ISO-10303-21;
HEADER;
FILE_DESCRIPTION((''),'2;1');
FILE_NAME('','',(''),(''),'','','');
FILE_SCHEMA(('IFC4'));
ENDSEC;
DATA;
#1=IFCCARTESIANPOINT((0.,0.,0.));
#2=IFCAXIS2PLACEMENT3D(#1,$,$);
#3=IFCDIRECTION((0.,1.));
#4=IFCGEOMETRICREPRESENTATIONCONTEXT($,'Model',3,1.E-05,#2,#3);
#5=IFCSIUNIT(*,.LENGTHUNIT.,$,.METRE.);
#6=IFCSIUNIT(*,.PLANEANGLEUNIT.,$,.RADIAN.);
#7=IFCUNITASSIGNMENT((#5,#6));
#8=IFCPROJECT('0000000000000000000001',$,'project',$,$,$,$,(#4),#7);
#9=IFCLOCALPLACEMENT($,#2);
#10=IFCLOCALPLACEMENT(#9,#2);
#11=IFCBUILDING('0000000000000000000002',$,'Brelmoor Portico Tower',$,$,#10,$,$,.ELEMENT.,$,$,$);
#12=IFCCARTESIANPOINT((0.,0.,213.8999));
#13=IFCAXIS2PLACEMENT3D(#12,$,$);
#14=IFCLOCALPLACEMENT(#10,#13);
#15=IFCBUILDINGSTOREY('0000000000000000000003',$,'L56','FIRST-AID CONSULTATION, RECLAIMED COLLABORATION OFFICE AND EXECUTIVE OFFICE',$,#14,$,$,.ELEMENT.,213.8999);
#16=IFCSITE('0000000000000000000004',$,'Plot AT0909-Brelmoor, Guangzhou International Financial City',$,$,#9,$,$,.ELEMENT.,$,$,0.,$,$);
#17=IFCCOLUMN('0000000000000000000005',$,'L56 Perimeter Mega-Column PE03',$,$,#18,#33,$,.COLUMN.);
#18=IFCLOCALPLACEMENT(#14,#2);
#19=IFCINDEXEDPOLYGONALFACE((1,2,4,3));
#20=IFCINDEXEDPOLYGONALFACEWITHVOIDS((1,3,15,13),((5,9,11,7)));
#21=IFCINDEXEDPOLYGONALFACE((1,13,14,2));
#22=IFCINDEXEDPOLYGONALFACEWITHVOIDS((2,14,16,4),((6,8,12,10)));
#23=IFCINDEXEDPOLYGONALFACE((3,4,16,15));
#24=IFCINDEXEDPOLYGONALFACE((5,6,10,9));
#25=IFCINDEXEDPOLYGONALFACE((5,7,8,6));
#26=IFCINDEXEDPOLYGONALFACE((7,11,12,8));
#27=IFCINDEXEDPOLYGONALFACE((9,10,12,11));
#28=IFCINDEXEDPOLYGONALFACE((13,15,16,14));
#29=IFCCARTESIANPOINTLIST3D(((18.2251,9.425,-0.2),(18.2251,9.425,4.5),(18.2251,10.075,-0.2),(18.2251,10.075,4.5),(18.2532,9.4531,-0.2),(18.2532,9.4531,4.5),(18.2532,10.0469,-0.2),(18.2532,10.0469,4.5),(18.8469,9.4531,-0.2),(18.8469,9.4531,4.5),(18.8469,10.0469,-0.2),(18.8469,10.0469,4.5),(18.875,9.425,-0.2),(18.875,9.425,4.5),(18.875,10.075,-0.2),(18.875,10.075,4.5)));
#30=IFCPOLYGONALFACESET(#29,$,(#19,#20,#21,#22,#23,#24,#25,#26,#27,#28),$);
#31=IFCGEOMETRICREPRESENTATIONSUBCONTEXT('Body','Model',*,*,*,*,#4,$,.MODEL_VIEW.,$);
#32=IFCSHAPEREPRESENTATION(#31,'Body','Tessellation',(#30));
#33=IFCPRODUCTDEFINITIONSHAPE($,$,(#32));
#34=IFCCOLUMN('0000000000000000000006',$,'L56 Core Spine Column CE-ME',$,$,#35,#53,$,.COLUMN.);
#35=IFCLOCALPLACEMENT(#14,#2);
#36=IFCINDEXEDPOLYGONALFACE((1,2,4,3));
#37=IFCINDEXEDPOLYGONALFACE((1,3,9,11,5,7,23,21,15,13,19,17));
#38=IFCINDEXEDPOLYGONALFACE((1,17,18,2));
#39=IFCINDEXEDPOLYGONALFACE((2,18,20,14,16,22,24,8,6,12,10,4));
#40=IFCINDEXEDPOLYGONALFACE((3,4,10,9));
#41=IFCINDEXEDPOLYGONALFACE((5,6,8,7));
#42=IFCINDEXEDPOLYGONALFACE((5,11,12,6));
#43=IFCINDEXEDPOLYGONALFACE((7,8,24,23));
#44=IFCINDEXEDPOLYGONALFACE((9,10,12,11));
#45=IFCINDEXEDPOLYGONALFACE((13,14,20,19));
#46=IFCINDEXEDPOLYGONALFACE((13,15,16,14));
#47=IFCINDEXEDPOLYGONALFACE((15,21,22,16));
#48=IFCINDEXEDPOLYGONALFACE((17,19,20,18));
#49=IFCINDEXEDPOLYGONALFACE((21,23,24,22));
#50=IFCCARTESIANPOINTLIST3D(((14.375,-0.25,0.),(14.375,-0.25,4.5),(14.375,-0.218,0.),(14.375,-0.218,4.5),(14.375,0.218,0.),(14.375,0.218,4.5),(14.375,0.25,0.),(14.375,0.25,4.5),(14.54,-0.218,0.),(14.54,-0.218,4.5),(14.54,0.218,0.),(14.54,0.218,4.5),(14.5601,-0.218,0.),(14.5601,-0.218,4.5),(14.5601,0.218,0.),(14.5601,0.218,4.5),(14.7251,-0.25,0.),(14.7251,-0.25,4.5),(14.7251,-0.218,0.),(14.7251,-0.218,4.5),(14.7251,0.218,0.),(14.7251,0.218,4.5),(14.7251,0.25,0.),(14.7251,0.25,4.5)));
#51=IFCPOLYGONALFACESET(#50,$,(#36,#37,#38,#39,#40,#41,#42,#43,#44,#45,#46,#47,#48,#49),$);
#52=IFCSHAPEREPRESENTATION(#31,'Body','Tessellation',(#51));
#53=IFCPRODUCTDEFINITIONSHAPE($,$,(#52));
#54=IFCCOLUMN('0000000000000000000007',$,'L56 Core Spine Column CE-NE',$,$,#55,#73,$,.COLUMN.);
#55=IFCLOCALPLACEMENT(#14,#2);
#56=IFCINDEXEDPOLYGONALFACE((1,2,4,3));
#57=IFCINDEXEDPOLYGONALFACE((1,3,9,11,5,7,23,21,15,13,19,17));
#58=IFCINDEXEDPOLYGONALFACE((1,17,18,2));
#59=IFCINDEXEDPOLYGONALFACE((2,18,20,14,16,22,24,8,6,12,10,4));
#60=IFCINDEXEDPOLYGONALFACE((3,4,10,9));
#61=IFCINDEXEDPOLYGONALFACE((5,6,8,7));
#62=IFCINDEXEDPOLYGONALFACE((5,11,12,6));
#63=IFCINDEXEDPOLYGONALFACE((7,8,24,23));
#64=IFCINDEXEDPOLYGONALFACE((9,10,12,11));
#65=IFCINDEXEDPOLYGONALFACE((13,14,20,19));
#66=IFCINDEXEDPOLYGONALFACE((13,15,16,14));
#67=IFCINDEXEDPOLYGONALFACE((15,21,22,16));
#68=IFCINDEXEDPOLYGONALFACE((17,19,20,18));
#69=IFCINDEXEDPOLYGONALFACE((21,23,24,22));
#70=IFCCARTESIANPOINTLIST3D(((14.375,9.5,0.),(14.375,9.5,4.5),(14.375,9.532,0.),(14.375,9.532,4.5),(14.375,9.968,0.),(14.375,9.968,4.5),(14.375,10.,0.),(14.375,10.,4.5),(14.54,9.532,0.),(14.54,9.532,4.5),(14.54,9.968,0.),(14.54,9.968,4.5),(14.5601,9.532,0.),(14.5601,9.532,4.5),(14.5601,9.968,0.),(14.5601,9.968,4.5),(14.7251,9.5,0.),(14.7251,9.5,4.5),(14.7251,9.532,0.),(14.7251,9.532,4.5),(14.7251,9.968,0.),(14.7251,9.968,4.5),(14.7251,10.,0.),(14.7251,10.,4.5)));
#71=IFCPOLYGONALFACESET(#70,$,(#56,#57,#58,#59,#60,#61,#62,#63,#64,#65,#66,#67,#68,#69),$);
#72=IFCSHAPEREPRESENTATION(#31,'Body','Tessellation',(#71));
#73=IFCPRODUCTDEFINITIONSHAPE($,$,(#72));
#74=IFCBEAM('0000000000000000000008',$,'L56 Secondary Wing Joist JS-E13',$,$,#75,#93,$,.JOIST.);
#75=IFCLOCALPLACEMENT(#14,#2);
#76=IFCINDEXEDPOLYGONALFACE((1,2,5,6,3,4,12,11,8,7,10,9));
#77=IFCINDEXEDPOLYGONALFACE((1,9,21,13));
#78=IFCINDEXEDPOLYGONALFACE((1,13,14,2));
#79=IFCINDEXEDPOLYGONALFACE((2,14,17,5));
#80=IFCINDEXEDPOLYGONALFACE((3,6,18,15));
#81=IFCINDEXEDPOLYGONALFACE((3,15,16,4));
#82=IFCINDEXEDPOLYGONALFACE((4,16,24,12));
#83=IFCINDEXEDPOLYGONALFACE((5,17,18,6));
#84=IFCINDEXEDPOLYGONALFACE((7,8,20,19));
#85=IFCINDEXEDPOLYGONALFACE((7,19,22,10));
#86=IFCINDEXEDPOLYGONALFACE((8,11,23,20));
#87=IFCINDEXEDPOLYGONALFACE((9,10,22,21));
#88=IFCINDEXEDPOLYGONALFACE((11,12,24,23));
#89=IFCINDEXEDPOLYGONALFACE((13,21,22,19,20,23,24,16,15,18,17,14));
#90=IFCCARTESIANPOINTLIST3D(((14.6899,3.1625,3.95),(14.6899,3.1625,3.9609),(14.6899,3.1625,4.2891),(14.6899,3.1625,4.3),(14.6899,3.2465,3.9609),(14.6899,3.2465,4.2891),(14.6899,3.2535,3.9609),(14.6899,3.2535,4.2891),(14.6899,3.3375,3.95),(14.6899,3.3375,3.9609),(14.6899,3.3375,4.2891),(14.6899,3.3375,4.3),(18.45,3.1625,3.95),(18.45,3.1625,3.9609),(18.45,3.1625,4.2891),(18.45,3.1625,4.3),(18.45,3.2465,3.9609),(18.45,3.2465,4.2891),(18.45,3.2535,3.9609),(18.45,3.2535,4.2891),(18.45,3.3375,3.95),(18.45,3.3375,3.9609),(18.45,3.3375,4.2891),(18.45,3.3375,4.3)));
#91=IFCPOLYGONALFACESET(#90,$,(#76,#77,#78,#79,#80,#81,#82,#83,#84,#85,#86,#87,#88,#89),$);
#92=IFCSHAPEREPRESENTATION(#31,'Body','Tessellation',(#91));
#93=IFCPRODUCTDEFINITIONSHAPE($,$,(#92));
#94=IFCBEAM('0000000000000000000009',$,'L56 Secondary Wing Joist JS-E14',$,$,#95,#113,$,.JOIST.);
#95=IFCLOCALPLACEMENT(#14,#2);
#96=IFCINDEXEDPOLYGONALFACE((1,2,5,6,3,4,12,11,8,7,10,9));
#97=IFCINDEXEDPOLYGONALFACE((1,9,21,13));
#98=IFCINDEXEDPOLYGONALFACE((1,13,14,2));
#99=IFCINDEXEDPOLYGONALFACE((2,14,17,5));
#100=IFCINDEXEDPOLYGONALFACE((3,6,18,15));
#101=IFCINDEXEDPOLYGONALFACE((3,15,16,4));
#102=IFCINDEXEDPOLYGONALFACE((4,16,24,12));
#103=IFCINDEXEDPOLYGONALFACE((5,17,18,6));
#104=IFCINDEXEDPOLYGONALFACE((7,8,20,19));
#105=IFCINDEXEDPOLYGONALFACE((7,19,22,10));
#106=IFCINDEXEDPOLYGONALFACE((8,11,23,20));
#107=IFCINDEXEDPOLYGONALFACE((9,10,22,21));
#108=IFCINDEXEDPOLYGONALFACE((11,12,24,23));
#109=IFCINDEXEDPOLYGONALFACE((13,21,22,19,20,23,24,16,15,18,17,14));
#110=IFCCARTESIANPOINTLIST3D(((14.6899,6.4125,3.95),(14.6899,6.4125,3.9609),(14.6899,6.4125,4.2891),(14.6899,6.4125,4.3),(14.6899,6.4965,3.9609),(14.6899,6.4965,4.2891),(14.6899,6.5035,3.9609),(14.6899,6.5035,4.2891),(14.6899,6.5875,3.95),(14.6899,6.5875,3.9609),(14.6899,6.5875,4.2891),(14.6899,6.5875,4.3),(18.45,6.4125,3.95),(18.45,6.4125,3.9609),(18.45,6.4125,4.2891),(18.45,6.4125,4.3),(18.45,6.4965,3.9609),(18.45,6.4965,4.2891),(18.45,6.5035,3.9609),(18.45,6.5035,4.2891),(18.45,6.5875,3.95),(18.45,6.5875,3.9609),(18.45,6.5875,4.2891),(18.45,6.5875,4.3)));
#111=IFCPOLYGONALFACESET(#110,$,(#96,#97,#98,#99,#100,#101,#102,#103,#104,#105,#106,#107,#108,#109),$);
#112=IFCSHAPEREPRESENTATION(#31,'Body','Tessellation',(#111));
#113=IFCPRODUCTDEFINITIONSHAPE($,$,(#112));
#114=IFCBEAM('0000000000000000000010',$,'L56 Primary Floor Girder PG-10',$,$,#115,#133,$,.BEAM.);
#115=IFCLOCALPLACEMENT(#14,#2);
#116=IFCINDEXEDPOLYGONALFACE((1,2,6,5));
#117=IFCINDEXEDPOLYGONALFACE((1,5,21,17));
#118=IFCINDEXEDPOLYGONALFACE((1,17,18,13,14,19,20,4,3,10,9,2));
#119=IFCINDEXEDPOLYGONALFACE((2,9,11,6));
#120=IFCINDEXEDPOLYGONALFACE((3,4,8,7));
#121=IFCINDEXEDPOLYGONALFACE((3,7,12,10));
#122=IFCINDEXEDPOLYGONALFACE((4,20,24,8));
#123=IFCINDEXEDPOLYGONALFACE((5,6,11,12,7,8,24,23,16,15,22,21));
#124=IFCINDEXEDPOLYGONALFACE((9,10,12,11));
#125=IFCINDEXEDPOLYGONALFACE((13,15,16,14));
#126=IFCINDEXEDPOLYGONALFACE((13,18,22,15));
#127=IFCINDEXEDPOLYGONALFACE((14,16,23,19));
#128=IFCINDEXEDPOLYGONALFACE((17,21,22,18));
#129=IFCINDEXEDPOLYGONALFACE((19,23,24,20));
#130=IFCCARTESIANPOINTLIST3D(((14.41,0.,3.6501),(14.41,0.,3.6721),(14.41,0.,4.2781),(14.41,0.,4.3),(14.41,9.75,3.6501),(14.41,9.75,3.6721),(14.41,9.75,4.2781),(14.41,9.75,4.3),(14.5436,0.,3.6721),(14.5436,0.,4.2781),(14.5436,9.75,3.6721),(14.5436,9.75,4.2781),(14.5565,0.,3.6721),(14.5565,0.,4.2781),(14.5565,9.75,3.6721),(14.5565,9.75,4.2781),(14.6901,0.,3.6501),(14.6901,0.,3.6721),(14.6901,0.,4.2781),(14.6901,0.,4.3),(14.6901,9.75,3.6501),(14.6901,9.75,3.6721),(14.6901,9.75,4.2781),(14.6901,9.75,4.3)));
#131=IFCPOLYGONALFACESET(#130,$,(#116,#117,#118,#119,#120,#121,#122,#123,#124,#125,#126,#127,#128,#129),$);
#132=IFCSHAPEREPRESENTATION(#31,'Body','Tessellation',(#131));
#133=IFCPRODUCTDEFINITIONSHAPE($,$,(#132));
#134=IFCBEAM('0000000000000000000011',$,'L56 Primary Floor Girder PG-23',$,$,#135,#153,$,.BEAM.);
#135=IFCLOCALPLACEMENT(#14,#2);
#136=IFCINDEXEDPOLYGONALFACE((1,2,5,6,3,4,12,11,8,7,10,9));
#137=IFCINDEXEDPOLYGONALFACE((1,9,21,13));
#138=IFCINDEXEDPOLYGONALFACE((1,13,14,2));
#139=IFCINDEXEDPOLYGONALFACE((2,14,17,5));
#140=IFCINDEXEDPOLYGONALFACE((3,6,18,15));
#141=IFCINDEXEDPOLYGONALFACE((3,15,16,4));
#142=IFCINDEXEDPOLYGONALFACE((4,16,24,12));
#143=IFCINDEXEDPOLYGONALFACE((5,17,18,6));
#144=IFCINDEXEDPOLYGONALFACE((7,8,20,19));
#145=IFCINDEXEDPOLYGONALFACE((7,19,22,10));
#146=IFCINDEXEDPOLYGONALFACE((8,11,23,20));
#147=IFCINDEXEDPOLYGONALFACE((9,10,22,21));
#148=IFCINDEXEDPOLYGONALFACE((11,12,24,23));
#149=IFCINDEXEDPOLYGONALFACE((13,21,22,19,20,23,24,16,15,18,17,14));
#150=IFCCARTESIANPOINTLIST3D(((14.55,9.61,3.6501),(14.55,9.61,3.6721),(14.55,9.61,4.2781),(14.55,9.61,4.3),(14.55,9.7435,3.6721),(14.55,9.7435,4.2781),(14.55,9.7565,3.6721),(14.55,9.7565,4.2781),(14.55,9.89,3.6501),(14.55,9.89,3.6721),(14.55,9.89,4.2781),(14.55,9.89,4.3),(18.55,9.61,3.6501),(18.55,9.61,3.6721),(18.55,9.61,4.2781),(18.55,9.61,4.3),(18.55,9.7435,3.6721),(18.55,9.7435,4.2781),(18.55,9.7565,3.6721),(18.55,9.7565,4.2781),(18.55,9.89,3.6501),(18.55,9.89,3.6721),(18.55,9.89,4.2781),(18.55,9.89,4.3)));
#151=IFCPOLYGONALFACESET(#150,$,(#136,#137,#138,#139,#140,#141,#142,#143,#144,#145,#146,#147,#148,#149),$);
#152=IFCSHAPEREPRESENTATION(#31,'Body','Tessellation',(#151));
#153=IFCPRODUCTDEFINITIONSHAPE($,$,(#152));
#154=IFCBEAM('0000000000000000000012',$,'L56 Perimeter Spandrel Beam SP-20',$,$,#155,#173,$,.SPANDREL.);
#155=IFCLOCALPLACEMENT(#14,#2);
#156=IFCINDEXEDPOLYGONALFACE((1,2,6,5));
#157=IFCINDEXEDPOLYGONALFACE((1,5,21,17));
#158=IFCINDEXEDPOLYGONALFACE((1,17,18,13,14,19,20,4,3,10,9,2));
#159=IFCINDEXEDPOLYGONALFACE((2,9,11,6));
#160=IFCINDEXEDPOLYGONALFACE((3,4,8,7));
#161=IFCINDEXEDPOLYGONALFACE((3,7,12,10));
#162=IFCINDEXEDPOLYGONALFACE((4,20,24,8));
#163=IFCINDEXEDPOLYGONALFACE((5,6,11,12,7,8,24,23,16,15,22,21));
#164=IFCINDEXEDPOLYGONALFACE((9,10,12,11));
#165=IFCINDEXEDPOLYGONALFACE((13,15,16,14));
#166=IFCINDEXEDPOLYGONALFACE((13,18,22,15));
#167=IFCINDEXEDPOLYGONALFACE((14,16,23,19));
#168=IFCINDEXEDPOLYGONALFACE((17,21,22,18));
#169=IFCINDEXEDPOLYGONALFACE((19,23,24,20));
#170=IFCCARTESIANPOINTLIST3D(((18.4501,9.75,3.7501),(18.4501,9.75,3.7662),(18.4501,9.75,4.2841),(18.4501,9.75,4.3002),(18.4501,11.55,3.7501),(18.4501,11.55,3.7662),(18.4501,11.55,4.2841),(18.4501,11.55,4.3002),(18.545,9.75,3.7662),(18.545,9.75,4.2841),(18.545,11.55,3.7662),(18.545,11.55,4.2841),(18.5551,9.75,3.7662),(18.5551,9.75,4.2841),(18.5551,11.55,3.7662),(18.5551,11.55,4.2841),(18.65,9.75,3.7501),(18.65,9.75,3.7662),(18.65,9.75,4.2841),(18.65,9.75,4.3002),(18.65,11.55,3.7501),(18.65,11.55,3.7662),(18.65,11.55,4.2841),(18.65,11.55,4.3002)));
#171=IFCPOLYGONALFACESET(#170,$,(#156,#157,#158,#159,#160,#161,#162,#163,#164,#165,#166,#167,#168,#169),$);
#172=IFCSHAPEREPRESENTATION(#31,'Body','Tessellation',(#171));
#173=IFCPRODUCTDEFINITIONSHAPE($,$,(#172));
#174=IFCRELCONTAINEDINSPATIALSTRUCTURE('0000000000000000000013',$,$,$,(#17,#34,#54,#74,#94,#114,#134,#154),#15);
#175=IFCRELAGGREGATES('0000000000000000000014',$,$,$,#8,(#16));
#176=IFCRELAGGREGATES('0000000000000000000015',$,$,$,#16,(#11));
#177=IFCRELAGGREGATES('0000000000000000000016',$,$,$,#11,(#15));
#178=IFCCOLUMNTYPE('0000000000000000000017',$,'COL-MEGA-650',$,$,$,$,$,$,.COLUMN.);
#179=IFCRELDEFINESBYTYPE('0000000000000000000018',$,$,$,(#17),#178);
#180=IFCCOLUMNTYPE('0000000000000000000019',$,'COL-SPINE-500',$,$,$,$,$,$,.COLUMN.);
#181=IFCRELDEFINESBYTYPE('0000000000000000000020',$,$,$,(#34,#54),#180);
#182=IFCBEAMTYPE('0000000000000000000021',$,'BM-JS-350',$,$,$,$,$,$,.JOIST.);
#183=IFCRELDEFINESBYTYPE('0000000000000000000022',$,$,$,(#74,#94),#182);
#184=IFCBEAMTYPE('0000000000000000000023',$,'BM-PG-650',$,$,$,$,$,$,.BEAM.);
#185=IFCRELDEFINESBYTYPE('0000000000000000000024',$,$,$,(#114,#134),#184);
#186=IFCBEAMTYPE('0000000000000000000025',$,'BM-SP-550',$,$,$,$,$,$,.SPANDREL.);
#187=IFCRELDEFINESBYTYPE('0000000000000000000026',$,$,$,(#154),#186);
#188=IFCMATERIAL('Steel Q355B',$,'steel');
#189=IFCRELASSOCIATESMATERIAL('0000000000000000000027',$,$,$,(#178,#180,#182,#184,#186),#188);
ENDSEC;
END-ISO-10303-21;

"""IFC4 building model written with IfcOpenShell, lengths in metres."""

from ifc_helpers import new_model, si_unit, direction, frame, origin, origin_2d, place, context, subcontext, project, spatial, hollow_rectangle, i_section, extrude, material, material_profile, profile_set, type_object, element, save


model = new_model("IFC4")

# Units and contexts
model_context = context("Model", 3, precision=1e-05, world=origin(), true_north=direction((0.0, 1.0)))
body_context = subcontext(model_context, "Body", "Model", "MODEL_VIEW")
ifc_project = project(units=[si_unit("LENGTHUNIT", "METRE"), si_unit("PLANEANGLEUNIT", "RADIAN")], contexts=[model_context])

# Site, building, storey
site_placement = place(None, origin())
site = spatial("IfcSite", under=ifc_project, at=site_placement, Name="Plot AT0909-Brelmoor, Guangzhou International Financial City", CompositionType="ELEMENT", RefElevation=0.0)
building_placement = place(site_placement, origin())
building = spatial("IfcBuilding", under=site, at=building_placement, Name="Brelmoor Portico Tower", CompositionType="ELEMENT")
storey_placement = place(building_placement, frame((0.0, 0.0, 213.8999)))
storey = spatial("IfcBuildingStorey", under=building, at=storey_placement, Name="L56", Description="FIRST-AID CONSULTATION, RECLAIMED COLLABORATION OFFICE AND EXECUTIVE OFFICE", CompositionType="ELEMENT", Elevation=213.8999)

# Columns
ifc_material_1 = material(Name="Steel Q355B", Category="steel")
ifc_material_profile_1 = material_profile(ifc_material_1, hollow_rectangle(XDim=0.6499, YDim=0.6499, WallThickness=0.0281, at=origin_2d()), Name="BOX 650x650x28")
ifc_profile_set_1 = profile_set([ifc_material_profile_1], Name="Steel Q355B")
column_type_1 = type_object("IfcColumnType", Name="COL-MEGA-650", PredefinedType="COLUMN", material=ifc_profile_set_1)
column_placement = place(storey_placement, frame((18.55, 9.75, -0.2), z_axis=(0.0, 0.0, 1.0), x_axis=(0.0, 1.0, 0.0)))
element("IfcColumn", 1, at=column_placement, inside=storey, type_object=column_type_1, Name="L56 Perimeter Mega-Column PE03", PredefinedType="COLUMN", context=body_context, shape_type="SweptSolid", body=[
    extrude(hollow_rectangle(XDim=0.6499, YDim=0.6499, WallThickness=0.0281, at=origin_2d()), origin(), (0.0, 0.0, 1.0), 4.7),
])
ifc_material_profile_2 = material_profile(ifc_material_1, i_section(OverallWidth=0.3501, OverallDepth=0.5, WebThickness=0.02, FlangeThickness=0.032, at=origin_2d()), Name="HW 500x350x20x32")
ifc_profile_set_2 = profile_set([ifc_material_profile_2], Name="Steel Q355B")
column_type_2 = type_object("IfcColumnType", Name="COL-SPINE-500", PredefinedType="COLUMN", material=ifc_profile_set_2)
for number, where, z_axis, x_axis, name in (
    (2, (14.55, 0.0, 0.0), (0.0, 0.0, 1.0), (1.0, 0.0, 0.0), "L56 Core Spine Column CE-ME"),
    (3, (14.55, 9.75, 0.0), (0.0, 0.0, 1.0), (1.0, 0.0, 0.0), "L56 Core Spine Column CE-NE"),
):
    element("IfcColumn", number, at=place(storey_placement, frame(where, z_axis=z_axis, x_axis=x_axis)), inside=storey, type_object=column_type_2, Name=name, PredefinedType="COLUMN", context=body_context, shape_type="SweptSolid", body=[
        extrude(i_section(OverallWidth=0.3501, OverallDepth=0.5, WebThickness=0.02, FlangeThickness=0.032, at=origin_2d()), origin(), (0.0, 0.0, 1.0), 4.5),
    ])

# Beams
ifc_material_profile_3 = material_profile(ifc_material_1, i_section(OverallWidth=0.175, OverallDepth=0.3501, WebThickness=0.0071, FlangeThickness=0.011, at=origin_2d()), Name="HN 350x175x7x11")
ifc_profile_set_3 = profile_set([ifc_material_profile_3], Name="Steel Q355B")
beam_type_1 = type_object("IfcBeamType", Name="BM-JS-350", PredefinedType="JOIST", material=ifc_profile_set_3)
for number, where, z_axis, x_axis, name in (
    (4, (14.6899, 3.25, 4.125), (1.0, 0.0, 0.0), (0.0, 1.0, 0.0), "L56 Secondary Wing Joist JS-E13"),
    (5, (14.6899, 6.5, 4.125), (1.0, 0.0, 0.0), (0.0, 1.0, 0.0), "L56 Secondary Wing Joist JS-E14"),
):
    element("IfcBeam", number, at=place(storey_placement, frame(where, z_axis=z_axis, x_axis=x_axis)), inside=storey, type_object=beam_type_1, Name=name, PredefinedType="JOIST", context=body_context, shape_type="SweptSolid", body=[
        extrude(i_section(OverallWidth=0.175, OverallDepth=0.3501, WebThickness=0.0071, FlangeThickness=0.011, at=origin_2d()), origin(), (0.0, 0.0, 1.0), 3.76),
    ])
ifc_material_profile_4 = material_profile(ifc_material_1, i_section(OverallWidth=0.28, OverallDepth=0.6499, WebThickness=0.0129, FlangeThickness=0.022, at=origin_2d()), Name="HN 650x280x13x22")
ifc_profile_set_4 = profile_set([ifc_material_profile_4], Name="Steel Q355B")
beam_type_2 = type_object("IfcBeamType", Name="BM-PG-650", PredefinedType="BEAM", material=ifc_profile_set_4)
beam_1_placement = place(storey_placement, frame((14.55, 0.0, 3.9751), z_axis=(0.0, 1.0, 0.0), x_axis=(-1.0, 0.0, 0.0)))
element("IfcBeam", 6, at=beam_1_placement, inside=storey, type_object=beam_type_2, Name="L56 Primary Floor Girder PG-10", PredefinedType="BEAM", context=body_context, shape_type="SweptSolid", body=[
    extrude(i_section(OverallWidth=0.28, OverallDepth=0.6499, WebThickness=0.0129, FlangeThickness=0.022, at=origin_2d()), origin(), (0.0, 0.0, 1.0), 9.75),
])
beam_2_placement = place(storey_placement, frame((14.55, 9.75, 3.9751), z_axis=(1.0, 0.0, 0.0), x_axis=(0.0, 1.0, 0.0)))
element("IfcBeam", 7, at=beam_2_placement, inside=storey, type_object=beam_type_2, Name="L56 Primary Floor Girder PG-23", PredefinedType="BEAM", context=body_context, shape_type="SweptSolid", body=[
    extrude(i_section(OverallWidth=0.28, OverallDepth=0.6499, WebThickness=0.0129, FlangeThickness=0.022, at=origin_2d()), origin(), (0.0, 0.0, 1.0), 4.0),
])
ifc_material_profile_5 = material_profile(ifc_material_1, i_section(OverallWidth=0.2, OverallDepth=0.55, WebThickness=0.01, FlangeThickness=0.0161, at=origin_2d()), Name="HN 550x200x10x16")
ifc_profile_set_5 = profile_set([ifc_material_profile_5], Name="Steel Q355B")
beam_type_3 = type_object("IfcBeamType", Name="BM-SP-550", PredefinedType="SPANDREL", material=ifc_profile_set_5)
beam_3_placement = place(storey_placement, frame((18.55, 9.75, 4.0251), z_axis=(0.0, 1.0, 0.0), x_axis=(-1.0, 0.0, 0.0)))
element("IfcBeam", 8, at=beam_3_placement, inside=storey, type_object=beam_type_3, Name="L56 Perimeter Spandrel Beam SP-20", PredefinedType="SPANDREL", context=body_context, shape_type="SweptSolid", body=[
    extrude(i_section(OverallWidth=0.2, OverallDepth=0.55, WebThickness=0.01, FlangeThickness=0.0161, at=origin_2d()), origin(), (0.0, 0.0, 1.0), 1.8),
])

save(model, "model.ifc")
